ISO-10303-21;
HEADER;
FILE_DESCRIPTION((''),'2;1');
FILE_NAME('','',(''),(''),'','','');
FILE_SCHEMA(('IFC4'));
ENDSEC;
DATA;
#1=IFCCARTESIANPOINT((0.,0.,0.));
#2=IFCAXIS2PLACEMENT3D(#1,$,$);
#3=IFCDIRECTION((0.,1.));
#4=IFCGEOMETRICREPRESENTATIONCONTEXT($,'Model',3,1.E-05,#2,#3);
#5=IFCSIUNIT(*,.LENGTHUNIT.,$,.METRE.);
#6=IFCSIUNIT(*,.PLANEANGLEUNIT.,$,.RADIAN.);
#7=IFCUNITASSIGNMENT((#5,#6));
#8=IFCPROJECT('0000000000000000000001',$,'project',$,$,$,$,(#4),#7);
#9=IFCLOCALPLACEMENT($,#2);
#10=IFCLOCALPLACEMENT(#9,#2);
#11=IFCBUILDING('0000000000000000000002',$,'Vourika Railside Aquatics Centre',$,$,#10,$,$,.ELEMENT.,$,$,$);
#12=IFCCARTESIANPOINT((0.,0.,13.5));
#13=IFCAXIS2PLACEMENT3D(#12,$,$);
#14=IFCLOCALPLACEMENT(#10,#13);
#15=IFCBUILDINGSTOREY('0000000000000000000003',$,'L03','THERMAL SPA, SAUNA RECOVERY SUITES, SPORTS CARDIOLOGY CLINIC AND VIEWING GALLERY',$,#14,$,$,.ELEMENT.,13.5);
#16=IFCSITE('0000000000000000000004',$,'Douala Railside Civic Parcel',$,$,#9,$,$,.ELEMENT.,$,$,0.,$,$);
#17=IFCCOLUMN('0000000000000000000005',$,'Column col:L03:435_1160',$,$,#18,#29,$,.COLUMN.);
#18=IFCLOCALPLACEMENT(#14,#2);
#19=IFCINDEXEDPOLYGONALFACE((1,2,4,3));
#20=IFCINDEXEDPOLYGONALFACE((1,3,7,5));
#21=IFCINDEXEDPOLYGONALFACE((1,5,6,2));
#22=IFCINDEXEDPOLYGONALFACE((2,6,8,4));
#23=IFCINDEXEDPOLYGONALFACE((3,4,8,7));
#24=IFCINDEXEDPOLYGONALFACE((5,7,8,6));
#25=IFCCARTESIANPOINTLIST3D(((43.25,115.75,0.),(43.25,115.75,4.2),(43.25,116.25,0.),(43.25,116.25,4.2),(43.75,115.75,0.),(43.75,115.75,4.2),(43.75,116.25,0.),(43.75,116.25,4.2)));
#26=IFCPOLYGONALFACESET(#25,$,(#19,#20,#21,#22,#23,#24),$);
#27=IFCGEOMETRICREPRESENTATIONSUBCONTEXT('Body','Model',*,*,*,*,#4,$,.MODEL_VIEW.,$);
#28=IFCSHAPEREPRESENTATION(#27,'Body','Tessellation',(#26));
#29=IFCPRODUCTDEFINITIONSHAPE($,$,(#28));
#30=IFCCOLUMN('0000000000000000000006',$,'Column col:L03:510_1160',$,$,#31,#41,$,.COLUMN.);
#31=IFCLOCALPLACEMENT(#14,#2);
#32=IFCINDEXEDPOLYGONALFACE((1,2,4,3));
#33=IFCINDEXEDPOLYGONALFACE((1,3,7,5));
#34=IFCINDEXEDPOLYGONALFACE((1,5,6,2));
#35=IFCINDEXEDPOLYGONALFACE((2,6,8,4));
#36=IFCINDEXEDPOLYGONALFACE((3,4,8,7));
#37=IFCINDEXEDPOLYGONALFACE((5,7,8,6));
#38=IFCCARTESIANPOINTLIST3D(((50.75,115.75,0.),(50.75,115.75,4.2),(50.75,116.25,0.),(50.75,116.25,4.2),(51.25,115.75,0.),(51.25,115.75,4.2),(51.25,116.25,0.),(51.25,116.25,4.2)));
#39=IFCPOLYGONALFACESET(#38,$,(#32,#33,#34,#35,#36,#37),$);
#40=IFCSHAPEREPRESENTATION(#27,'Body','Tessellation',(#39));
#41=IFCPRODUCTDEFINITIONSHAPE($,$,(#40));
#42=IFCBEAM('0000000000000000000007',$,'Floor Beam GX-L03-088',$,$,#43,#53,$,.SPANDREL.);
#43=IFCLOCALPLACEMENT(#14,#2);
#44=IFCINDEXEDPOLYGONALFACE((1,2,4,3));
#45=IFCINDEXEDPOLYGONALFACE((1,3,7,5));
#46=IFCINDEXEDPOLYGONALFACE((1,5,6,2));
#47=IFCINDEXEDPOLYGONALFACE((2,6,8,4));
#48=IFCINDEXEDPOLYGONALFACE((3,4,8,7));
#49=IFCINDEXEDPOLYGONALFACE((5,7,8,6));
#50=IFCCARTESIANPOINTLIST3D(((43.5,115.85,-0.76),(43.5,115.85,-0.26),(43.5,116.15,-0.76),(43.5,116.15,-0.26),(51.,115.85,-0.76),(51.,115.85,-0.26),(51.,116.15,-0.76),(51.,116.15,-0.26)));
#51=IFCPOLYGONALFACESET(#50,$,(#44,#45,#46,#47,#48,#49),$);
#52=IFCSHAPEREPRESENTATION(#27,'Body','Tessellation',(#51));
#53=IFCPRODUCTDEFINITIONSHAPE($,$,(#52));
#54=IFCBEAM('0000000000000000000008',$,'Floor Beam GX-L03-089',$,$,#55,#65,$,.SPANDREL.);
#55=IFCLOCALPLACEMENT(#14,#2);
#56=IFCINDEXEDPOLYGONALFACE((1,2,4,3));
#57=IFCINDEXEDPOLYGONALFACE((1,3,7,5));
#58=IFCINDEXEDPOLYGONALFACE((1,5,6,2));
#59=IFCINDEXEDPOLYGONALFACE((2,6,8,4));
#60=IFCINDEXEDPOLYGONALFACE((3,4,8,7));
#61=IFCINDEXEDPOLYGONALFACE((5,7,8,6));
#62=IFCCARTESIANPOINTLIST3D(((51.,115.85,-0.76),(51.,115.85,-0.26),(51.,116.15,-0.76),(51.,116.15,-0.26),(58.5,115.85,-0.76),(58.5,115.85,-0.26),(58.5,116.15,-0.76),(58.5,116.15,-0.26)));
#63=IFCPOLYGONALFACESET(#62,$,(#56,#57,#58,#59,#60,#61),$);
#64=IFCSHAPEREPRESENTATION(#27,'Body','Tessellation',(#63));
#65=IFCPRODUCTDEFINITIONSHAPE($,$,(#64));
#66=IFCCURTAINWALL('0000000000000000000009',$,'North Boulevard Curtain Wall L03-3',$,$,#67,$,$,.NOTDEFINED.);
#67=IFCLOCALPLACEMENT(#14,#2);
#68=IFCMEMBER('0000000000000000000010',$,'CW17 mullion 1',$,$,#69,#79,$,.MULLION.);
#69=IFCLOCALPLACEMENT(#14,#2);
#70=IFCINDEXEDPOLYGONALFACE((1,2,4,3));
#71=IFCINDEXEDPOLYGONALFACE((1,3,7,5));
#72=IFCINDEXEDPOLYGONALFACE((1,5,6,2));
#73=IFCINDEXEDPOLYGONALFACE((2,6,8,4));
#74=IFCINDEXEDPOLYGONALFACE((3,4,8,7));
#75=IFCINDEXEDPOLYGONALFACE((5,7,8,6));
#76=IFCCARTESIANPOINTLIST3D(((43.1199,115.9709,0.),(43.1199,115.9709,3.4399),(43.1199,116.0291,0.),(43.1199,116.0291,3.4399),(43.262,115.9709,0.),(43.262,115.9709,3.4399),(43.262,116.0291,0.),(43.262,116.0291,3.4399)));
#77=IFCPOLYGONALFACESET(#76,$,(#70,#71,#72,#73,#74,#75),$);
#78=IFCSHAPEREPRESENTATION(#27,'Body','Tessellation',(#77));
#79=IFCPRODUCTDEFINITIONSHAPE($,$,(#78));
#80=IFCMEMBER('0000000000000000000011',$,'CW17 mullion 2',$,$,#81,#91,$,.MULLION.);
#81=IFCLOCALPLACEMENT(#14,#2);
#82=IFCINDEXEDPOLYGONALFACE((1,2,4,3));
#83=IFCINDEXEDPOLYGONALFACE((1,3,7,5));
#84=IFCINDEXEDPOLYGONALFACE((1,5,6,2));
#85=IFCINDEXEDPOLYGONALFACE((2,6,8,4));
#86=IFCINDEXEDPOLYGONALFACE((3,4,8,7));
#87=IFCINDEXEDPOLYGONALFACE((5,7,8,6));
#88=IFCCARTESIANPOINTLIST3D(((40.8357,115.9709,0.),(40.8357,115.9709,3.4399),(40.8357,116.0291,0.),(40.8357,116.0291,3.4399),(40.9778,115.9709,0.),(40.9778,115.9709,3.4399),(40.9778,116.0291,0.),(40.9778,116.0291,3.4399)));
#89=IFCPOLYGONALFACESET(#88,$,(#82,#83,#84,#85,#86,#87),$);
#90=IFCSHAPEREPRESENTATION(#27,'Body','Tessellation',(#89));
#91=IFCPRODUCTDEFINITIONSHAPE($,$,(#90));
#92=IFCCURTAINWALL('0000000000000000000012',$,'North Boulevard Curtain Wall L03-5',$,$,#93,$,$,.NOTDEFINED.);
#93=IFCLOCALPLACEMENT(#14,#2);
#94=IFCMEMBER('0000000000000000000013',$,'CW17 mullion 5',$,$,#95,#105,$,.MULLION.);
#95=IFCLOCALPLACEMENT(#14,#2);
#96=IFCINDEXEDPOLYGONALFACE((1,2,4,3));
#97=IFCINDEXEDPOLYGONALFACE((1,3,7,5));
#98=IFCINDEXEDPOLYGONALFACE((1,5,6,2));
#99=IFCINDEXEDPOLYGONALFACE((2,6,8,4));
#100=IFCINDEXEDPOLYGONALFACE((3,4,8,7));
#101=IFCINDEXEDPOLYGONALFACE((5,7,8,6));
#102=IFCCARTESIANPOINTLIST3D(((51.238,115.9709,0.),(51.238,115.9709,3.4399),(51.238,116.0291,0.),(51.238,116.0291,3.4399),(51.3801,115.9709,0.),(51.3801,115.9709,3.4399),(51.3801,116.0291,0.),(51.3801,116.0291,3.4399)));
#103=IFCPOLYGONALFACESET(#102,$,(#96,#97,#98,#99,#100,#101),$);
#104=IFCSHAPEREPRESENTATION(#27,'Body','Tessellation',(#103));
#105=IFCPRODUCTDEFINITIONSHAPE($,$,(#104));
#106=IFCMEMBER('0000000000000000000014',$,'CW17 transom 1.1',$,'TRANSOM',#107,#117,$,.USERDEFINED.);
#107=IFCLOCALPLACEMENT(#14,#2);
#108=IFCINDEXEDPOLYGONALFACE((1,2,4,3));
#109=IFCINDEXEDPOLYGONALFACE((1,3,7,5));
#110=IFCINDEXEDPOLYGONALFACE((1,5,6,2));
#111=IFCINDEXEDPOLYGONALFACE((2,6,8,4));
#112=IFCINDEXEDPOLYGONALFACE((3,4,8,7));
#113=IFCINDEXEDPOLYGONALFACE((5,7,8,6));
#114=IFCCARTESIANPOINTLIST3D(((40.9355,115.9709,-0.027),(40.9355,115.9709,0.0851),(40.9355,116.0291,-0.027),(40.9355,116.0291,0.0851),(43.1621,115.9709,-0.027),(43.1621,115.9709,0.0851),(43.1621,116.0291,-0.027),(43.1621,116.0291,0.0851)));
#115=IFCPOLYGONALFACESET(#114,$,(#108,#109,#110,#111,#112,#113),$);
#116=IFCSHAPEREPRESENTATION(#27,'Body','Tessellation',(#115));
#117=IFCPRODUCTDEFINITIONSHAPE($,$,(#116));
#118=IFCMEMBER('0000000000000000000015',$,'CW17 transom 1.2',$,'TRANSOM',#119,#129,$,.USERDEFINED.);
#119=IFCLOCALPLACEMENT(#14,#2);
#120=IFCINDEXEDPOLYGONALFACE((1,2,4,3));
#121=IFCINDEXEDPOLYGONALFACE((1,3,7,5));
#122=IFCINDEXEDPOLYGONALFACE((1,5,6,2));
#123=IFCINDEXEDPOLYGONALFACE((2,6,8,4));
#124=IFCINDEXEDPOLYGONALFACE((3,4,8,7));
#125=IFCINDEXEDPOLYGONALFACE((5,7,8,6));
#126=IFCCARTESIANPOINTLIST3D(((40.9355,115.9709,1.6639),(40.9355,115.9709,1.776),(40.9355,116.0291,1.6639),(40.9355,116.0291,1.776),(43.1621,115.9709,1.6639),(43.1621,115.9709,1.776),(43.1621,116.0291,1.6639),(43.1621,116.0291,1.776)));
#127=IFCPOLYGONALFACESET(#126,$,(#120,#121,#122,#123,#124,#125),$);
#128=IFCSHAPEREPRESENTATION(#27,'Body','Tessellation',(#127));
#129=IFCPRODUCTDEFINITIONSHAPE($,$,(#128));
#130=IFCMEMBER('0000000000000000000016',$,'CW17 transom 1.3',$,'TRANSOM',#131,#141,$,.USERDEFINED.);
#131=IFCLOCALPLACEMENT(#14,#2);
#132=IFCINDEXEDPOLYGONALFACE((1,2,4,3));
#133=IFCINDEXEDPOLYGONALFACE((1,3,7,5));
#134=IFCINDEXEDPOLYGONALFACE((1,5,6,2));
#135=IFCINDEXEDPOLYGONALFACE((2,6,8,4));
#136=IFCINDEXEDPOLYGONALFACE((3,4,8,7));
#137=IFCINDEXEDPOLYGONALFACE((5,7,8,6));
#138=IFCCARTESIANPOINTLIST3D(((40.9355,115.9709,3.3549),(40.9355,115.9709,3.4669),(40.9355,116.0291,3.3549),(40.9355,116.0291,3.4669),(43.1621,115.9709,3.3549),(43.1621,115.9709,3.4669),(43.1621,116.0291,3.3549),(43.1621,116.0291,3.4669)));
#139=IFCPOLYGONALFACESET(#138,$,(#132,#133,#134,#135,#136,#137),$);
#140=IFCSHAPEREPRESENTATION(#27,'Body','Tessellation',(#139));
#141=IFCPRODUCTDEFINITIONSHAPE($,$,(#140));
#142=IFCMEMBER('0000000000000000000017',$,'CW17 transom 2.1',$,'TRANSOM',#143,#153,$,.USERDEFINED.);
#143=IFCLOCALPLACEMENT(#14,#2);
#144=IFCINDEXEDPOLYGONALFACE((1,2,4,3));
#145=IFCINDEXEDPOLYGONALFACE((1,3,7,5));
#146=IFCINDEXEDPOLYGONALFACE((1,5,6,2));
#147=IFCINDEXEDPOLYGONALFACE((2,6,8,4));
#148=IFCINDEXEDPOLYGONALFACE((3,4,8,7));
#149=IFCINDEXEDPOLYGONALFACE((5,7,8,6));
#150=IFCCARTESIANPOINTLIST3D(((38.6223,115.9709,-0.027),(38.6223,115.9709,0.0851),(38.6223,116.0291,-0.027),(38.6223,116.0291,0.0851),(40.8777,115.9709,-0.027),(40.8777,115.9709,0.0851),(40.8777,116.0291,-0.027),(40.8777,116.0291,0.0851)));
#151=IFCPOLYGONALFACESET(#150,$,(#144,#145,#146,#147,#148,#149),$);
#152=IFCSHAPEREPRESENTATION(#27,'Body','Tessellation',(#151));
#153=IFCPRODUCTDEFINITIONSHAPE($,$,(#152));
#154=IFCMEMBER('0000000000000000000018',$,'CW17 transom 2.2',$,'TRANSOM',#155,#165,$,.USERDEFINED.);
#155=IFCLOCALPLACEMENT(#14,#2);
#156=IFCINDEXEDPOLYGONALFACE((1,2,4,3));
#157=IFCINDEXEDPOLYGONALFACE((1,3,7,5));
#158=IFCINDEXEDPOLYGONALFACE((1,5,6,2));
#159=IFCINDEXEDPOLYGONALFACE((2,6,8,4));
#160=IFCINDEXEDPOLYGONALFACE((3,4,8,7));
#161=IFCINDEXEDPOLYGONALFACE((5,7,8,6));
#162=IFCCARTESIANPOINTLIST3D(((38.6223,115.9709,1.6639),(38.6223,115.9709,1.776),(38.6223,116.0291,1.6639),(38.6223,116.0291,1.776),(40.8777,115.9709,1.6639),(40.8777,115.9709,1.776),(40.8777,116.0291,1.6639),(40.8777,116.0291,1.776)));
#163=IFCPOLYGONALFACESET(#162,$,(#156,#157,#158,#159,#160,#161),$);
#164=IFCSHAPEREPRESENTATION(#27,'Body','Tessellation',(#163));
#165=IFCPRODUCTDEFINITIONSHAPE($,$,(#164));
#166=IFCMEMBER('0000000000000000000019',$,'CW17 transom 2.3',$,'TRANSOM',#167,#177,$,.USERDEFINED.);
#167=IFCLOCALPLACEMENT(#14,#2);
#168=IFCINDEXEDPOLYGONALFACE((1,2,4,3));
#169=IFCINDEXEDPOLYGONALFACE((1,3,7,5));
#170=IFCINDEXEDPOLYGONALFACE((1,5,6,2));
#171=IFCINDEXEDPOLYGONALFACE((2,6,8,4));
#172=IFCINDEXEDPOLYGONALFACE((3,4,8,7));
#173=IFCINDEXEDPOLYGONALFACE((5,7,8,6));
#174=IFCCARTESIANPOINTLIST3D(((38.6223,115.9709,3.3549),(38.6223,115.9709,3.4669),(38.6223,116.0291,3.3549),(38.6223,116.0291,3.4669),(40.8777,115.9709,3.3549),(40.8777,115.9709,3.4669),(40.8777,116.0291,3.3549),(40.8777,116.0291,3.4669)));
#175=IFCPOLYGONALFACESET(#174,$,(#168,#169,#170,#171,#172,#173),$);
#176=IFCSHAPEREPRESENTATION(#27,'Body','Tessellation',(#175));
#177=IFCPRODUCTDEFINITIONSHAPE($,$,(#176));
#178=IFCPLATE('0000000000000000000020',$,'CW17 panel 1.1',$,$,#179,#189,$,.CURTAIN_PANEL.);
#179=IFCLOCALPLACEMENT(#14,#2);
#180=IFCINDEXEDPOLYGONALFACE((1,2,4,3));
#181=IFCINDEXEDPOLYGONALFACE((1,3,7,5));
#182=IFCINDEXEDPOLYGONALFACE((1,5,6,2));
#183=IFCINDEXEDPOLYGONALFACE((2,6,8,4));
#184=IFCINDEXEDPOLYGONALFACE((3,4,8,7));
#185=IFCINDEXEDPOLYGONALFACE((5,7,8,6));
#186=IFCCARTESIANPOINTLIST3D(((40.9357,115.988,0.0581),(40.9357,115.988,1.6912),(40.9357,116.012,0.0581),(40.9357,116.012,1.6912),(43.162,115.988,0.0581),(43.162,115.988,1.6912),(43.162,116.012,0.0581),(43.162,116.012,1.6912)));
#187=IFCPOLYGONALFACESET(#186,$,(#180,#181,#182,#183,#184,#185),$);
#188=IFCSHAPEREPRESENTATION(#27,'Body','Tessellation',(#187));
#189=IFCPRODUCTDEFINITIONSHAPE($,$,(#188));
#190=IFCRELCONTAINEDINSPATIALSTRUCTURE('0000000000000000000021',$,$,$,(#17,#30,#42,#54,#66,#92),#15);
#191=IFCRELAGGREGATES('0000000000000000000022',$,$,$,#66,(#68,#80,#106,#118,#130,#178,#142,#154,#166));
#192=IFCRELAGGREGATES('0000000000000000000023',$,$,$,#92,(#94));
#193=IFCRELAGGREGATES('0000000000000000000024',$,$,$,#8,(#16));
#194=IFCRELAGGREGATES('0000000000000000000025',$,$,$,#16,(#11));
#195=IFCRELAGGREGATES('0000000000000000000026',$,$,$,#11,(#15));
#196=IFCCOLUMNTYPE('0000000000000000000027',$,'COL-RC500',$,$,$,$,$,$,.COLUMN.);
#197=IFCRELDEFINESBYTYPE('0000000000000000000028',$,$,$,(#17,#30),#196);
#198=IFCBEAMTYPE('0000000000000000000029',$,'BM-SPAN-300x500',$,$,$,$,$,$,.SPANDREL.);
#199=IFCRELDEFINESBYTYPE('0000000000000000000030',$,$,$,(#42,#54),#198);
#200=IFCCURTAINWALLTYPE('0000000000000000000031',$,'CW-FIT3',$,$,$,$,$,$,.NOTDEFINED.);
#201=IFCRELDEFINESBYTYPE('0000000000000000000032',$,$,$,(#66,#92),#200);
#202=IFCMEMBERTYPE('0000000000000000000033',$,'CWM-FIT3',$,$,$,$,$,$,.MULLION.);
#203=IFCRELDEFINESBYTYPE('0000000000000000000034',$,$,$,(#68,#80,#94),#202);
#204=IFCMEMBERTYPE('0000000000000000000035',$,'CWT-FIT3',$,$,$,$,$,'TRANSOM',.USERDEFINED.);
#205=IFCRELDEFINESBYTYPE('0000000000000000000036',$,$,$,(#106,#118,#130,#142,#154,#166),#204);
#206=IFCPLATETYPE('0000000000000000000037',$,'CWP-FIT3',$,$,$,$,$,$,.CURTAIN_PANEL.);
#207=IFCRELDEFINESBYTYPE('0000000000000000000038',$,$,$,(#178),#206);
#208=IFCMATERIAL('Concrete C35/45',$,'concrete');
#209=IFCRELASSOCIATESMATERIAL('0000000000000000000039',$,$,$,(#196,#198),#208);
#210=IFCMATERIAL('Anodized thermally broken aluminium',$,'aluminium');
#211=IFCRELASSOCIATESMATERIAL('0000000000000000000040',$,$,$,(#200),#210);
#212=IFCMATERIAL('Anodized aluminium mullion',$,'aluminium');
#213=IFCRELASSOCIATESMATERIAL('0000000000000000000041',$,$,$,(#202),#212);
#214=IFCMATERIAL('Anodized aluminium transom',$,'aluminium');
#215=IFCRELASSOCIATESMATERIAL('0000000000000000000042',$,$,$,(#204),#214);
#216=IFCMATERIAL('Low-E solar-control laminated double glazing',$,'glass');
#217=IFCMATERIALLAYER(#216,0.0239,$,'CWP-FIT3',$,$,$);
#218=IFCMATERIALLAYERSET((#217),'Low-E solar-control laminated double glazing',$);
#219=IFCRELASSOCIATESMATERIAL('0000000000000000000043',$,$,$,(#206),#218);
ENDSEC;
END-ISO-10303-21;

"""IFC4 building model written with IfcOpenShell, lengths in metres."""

from ifc_helpers import new_model, si_unit, direction, frame, origin, origin_2d, place, context, subcontext, project, spatial, rectangle, extrude, material, layer, layer_set, material_profile, profile_set, type_object, element, aggregate, save


model = new_model("IFC4")

# Units and contexts
model_context = context("Model", 3, precision=1e-05, world=origin(), true_north=direction((0.0, 1.0)))
body_context = subcontext(model_context, "Body", "Model", "MODEL_VIEW")
ifc_project = project(units=[si_unit("LENGTHUNIT", "METRE"), si_unit("PLANEANGLEUNIT", "RADIAN")], contexts=[model_context])

# Site, building, storey
site_placement = place(None, origin())
site = spatial("IfcSite", under=ifc_project, at=site_placement, Name="Douala Railside Civic Parcel", CompositionType="ELEMENT", RefElevation=0.0)
building_placement = place(site_placement, origin())
building = spatial("IfcBuilding", under=site, at=building_placement, Name="Vourika Railside Aquatics Centre", CompositionType="ELEMENT")
storey_placement = place(building_placement, frame((0.0, 0.0, 13.5)))
storey = spatial("IfcBuildingStorey", under=building, at=storey_placement, Name="L03", Description="THERMAL SPA, SAUNA RECOVERY SUITES, SPORTS CARDIOLOGY CLINIC AND VIEWING GALLERY", CompositionType="ELEMENT", Elevation=13.5)

# Columns
ifc_material_1 = material(Name="Concrete C35/45", Category="concrete")
ifc_material_profile_1 = material_profile(ifc_material_1, rectangle(XDim=0.5, YDim=0.5, at=origin_2d()), Name="RC 500x500")
ifc_profile_set_1 = profile_set([ifc_material_profile_1], Name="Concrete C35/45")
column_type = type_object("IfcColumnType", Name="COL-RC500", PredefinedType="COLUMN", material=ifc_profile_set_1)
for number, where, z_axis, x_axis, name in (
    (1, (43.5, 116.0, 0.0), (0.0, 0.0, 1.0), (1.0, 0.0, 0.0), "Column col:L03:435_1160"),
    (2, (51.0, 116.0, 0.0), (0.0, 0.0, 1.0), (1.0, 0.0, 0.0), "Column col:L03:510_1160"),
):
    element("IfcColumn", number, at=place(storey_placement, frame(where, z_axis=z_axis, x_axis=x_axis)), inside=storey, type_object=column_type, Name=name, PredefinedType="COLUMN", context=body_context, shape_type="SweptSolid", body=[
        extrude(rectangle(XDim=0.5, YDim=0.5, at=origin_2d()), origin(), (0.0, 0.0, 1.0), 4.2),
    ])

# Beams
ifc_material_profile_2 = material_profile(ifc_material_1, rectangle(XDim=0.3, YDim=0.5, at=origin_2d()), Name="RC 300x500")
ifc_profile_set_2 = profile_set([ifc_material_profile_2], Name="Concrete C35/45")
beam_type = type_object("IfcBeamType", Name="BM-SPAN-300x500", PredefinedType="SPANDREL", material=ifc_profile_set_2)
for number, where, z_axis, x_axis, name in (
    (3, (43.5, 116.0, -0.51), (1.0, 0.0, 0.0), (0.0, 1.0, 0.0), "Floor Beam GX-L03-088"),
    (4, (51.0, 116.0, -0.51), (1.0, 0.0, 0.0), (0.0, 1.0, 0.0), "Floor Beam GX-L03-089"),
):
    element("IfcBeam", number, at=place(storey_placement, frame(where, z_axis=z_axis, x_axis=x_axis)), inside=storey, type_object=beam_type, Name=name, PredefinedType="SPANDREL", context=body_context, shape_type="SweptSolid", body=[
        extrude(rectangle(XDim=0.3, YDim=0.5, at=origin_2d()), origin(), (0.0, 0.0, 1.0), 7.5),
    ])

# Curtain wall, members
ifc_material_2 = material(Name="Anodized thermally broken aluminium", Category="aluminium")
curtain_wall_type = type_object("IfcCurtainWallType", Name="CW-FIT3", PredefinedType="NOTDEFINED", material=ifc_material_2)
curtain_wall_1_placement = place(storey_placement, origin())
curtain_wall_1 = element("IfcCurtainWall", 5, at=curtain_wall_1_placement, inside=storey, type_object=curtain_wall_type, Name="North Boulevard Curtain Wall L03-3", PredefinedType="NOTDEFINED")
ifc_material_3 = material(Name="Anodized aluminium mullion", Category="aluminium")
ifc_material_profile_3 = material_profile(ifc_material_3, rectangle(XDim=0.0581, YDim=0.1421, at=origin_2d()), Name="ALU-M 58x142")
ifc_profile_set_3 = profile_set([ifc_material_profile_3], Name="Anodized aluminium mullion")
member_type_1 = type_object("IfcMemberType", Name="CWM-FIT3", PredefinedType="MULLION", material=ifc_profile_set_3)
member_1_placement = place(storey_placement, frame((43.1909, 116.0, 0.0), z_axis=(0.0, 0.0, 1.0), x_axis=(0.0, -1.0, 0.0)))
member_1 = element("IfcMember", 6, at=member_1_placement, type_object=member_type_1, Name="CW17 mullion 1", PredefinedType="MULLION", context=body_context, shape_type="SweptSolid", body=[
    extrude(rectangle(XDim=0.0581, YDim=0.1421, at=origin_2d()), origin(), (0.0, 0.0, 1.0), 3.4399),
])
member_2_placement = place(storey_placement, frame((40.9067, 116.0, 0.0), z_axis=(0.0, 0.0, 1.0), x_axis=(0.0, -1.0, 0.0)))
member_2 = element("IfcMember", 7, at=member_2_placement, type_object=member_type_1, Name="CW17 mullion 2", PredefinedType="MULLION", context=body_context, shape_type="SweptSolid", body=[
    extrude(rectangle(XDim=0.0581, YDim=0.1421, at=origin_2d()), origin(), (0.0, 0.0, 1.0), 3.4399),
])

# Curtain wall, member
curtain_wall_2_placement = place(storey_placement, origin())
curtain_wall_2 = element("IfcCurtainWall", 8, at=curtain_wall_2_placement, inside=storey, type_object=curtain_wall_type, Name="North Boulevard Curtain Wall L03-5", PredefinedType="NOTDEFINED")
member_3_placement = place(storey_placement, frame((51.3091, 116.0, 0.0), z_axis=(0.0, 0.0, 1.0), x_axis=(0.0, -1.0, 0.0)))
member_3 = element("IfcMember", 9, at=member_3_placement, type_object=member_type_1, Name="CW17 mullion 5", PredefinedType="MULLION", context=body_context, shape_type="SweptSolid", body=[
    extrude(rectangle(XDim=0.0581, YDim=0.1421, at=origin_2d()), origin(), (0.0, 0.0, 1.0), 3.4399),
])

# Members
ifc_material_4 = material(Name="Anodized aluminium transom", Category="aluminium")
ifc_material_profile_4 = material_profile(ifc_material_4, rectangle(XDim=0.0581, YDim=0.1121, at=origin_2d()), Name="ALU-T 58x112")
ifc_profile_set_4 = profile_set([ifc_material_profile_4], Name="Anodized aluminium transom")
member_type_2 = type_object("IfcMemberType", Name="CWT-FIT3", ElementType="TRANSOM", PredefinedType="USERDEFINED", material=ifc_profile_set_4)
member_4_placement = place(storey_placement, frame((43.1621, 116.0, 0.0291), z_axis=(-1.0, 0.0, 0.0), x_axis=(0.0, -1.0, 0.0)))
member_4 = element("IfcMember", 10, at=member_4_placement, type_object=member_type_2, Name="CW17 transom 1.1", ObjectType="TRANSOM", PredefinedType="USERDEFINED", context=body_context, shape_type="SweptSolid", body=[
    extrude(rectangle(XDim=0.0581, YDim=0.1121, at=origin_2d()), origin(), (0.0, 0.0, 1.0), 2.2266),
])
member_5_placement = place(storey_placement, frame((43.1621, 116.0, 1.72), z_axis=(-1.0, 0.0, 0.0), x_axis=(0.0, -1.0, 0.0)))
member_5 = element("IfcMember", 11, at=member_5_placement, type_object=member_type_2, Name="CW17 transom 1.2", ObjectType="TRANSOM", PredefinedType="USERDEFINED", context=body_context, shape_type="SweptSolid", body=[
    extrude(rectangle(XDim=0.0581, YDim=0.1121, at=origin_2d()), origin(), (0.0, 0.0, 1.0), 2.2266),
])
member_6_placement = place(storey_placement, frame((43.1621, 116.0, 3.4109), z_axis=(-1.0, 0.0, 0.0), x_axis=(0.0, -1.0, 0.0)))
member_6 = element("IfcMember", 12, at=member_6_placement, type_object=member_type_2, Name="CW17 transom 1.3", ObjectType="TRANSOM", PredefinedType="USERDEFINED", context=body_context, shape_type="SweptSolid", body=[
    extrude(rectangle(XDim=0.0581, YDim=0.1121, at=origin_2d()), origin(), (0.0, 0.0, 1.0), 2.2266),
])
member_7_placement = place(storey_placement, frame((40.8777, 116.0, 0.0291), z_axis=(-1.0, 0.0, 0.0), x_axis=(0.0, -1.0, 0.0)))
member_7 = element("IfcMember", 13, at=member_7_placement, type_object=member_type_2, Name="CW17 transom 2.1", ObjectType="TRANSOM", PredefinedType="USERDEFINED", context=body_context, shape_type="SweptSolid", body=[
    extrude(rectangle(XDim=0.0581, YDim=0.1121, at=origin_2d()), origin(), (0.0, 0.0, 1.0), 2.2554),
])
member_8_placement = place(storey_placement, frame((40.8777, 116.0, 1.72), z_axis=(-1.0, 0.0, 0.0), x_axis=(0.0, -1.0, 0.0)))
member_8 = element("IfcMember", 14, at=member_8_placement, type_object=member_type_2, Name="CW17 transom 2.2", ObjectType="TRANSOM", PredefinedType="USERDEFINED", context=body_context, shape_type="SweptSolid", body=[
    extrude(rectangle(XDim=0.0581, YDim=0.1121, at=origin_2d()), origin(), (0.0, 0.0, 1.0), 2.2554),
])
member_9_placement = place(storey_placement, frame((40.8777, 116.0, 3.4109), z_axis=(-1.0, 0.0, 0.0), x_axis=(0.0, -1.0, 0.0)))
member_9 = element("IfcMember", 15, at=member_9_placement, type_object=member_type_2, Name="CW17 transom 2.3", ObjectType="TRANSOM", PredefinedType="USERDEFINED", context=body_context, shape_type="SweptSolid", body=[
    extrude(rectangle(XDim=0.0581, YDim=0.1121, at=origin_2d()), origin(), (0.0, 0.0, 1.0), 2.2554),
])

# Plate
ifc_material_5 = material(Name="Low-E solar-control laminated double glazing", Category="glass")
ifc_layer_1 = layer(ifc_material_5, 0.0239, Name="CWP-FIT3")
ifc_layer_set_1 = layer_set([ifc_layer_1], Name="Low-E solar-control laminated double glazing")
plate_type = type_object("IfcPlateType", Name="CWP-FIT3", PredefinedType="CURTAIN_PANEL", material=ifc_layer_set_1)
plate_1_placement = place(storey_placement, frame((42.0488, 116.0, 0.0581), z_axis=(0.0, 0.0, 1.0), x_axis=(-1.0, 0.0, 0.0)))
plate_1 = element("IfcPlate", 16, at=plate_1_placement, type_object=plate_type, Name="CW17 panel 1.1", PredefinedType="CURTAIN_PANEL", context=body_context, shape_type="SweptSolid", body=[
    extrude(rectangle(XDim=2.2263, YDim=0.0239, at=origin_2d()), origin(), (0.0, 0.0, 1.0), 1.6331),
])
aggregate(curtain_wall_1, [member_1, member_2, member_4, member_5, member_6, plate_1, member_7, member_8, member_9])
aggregate(curtain_wall_2, [member_3])

save(model, "model.ifc")
